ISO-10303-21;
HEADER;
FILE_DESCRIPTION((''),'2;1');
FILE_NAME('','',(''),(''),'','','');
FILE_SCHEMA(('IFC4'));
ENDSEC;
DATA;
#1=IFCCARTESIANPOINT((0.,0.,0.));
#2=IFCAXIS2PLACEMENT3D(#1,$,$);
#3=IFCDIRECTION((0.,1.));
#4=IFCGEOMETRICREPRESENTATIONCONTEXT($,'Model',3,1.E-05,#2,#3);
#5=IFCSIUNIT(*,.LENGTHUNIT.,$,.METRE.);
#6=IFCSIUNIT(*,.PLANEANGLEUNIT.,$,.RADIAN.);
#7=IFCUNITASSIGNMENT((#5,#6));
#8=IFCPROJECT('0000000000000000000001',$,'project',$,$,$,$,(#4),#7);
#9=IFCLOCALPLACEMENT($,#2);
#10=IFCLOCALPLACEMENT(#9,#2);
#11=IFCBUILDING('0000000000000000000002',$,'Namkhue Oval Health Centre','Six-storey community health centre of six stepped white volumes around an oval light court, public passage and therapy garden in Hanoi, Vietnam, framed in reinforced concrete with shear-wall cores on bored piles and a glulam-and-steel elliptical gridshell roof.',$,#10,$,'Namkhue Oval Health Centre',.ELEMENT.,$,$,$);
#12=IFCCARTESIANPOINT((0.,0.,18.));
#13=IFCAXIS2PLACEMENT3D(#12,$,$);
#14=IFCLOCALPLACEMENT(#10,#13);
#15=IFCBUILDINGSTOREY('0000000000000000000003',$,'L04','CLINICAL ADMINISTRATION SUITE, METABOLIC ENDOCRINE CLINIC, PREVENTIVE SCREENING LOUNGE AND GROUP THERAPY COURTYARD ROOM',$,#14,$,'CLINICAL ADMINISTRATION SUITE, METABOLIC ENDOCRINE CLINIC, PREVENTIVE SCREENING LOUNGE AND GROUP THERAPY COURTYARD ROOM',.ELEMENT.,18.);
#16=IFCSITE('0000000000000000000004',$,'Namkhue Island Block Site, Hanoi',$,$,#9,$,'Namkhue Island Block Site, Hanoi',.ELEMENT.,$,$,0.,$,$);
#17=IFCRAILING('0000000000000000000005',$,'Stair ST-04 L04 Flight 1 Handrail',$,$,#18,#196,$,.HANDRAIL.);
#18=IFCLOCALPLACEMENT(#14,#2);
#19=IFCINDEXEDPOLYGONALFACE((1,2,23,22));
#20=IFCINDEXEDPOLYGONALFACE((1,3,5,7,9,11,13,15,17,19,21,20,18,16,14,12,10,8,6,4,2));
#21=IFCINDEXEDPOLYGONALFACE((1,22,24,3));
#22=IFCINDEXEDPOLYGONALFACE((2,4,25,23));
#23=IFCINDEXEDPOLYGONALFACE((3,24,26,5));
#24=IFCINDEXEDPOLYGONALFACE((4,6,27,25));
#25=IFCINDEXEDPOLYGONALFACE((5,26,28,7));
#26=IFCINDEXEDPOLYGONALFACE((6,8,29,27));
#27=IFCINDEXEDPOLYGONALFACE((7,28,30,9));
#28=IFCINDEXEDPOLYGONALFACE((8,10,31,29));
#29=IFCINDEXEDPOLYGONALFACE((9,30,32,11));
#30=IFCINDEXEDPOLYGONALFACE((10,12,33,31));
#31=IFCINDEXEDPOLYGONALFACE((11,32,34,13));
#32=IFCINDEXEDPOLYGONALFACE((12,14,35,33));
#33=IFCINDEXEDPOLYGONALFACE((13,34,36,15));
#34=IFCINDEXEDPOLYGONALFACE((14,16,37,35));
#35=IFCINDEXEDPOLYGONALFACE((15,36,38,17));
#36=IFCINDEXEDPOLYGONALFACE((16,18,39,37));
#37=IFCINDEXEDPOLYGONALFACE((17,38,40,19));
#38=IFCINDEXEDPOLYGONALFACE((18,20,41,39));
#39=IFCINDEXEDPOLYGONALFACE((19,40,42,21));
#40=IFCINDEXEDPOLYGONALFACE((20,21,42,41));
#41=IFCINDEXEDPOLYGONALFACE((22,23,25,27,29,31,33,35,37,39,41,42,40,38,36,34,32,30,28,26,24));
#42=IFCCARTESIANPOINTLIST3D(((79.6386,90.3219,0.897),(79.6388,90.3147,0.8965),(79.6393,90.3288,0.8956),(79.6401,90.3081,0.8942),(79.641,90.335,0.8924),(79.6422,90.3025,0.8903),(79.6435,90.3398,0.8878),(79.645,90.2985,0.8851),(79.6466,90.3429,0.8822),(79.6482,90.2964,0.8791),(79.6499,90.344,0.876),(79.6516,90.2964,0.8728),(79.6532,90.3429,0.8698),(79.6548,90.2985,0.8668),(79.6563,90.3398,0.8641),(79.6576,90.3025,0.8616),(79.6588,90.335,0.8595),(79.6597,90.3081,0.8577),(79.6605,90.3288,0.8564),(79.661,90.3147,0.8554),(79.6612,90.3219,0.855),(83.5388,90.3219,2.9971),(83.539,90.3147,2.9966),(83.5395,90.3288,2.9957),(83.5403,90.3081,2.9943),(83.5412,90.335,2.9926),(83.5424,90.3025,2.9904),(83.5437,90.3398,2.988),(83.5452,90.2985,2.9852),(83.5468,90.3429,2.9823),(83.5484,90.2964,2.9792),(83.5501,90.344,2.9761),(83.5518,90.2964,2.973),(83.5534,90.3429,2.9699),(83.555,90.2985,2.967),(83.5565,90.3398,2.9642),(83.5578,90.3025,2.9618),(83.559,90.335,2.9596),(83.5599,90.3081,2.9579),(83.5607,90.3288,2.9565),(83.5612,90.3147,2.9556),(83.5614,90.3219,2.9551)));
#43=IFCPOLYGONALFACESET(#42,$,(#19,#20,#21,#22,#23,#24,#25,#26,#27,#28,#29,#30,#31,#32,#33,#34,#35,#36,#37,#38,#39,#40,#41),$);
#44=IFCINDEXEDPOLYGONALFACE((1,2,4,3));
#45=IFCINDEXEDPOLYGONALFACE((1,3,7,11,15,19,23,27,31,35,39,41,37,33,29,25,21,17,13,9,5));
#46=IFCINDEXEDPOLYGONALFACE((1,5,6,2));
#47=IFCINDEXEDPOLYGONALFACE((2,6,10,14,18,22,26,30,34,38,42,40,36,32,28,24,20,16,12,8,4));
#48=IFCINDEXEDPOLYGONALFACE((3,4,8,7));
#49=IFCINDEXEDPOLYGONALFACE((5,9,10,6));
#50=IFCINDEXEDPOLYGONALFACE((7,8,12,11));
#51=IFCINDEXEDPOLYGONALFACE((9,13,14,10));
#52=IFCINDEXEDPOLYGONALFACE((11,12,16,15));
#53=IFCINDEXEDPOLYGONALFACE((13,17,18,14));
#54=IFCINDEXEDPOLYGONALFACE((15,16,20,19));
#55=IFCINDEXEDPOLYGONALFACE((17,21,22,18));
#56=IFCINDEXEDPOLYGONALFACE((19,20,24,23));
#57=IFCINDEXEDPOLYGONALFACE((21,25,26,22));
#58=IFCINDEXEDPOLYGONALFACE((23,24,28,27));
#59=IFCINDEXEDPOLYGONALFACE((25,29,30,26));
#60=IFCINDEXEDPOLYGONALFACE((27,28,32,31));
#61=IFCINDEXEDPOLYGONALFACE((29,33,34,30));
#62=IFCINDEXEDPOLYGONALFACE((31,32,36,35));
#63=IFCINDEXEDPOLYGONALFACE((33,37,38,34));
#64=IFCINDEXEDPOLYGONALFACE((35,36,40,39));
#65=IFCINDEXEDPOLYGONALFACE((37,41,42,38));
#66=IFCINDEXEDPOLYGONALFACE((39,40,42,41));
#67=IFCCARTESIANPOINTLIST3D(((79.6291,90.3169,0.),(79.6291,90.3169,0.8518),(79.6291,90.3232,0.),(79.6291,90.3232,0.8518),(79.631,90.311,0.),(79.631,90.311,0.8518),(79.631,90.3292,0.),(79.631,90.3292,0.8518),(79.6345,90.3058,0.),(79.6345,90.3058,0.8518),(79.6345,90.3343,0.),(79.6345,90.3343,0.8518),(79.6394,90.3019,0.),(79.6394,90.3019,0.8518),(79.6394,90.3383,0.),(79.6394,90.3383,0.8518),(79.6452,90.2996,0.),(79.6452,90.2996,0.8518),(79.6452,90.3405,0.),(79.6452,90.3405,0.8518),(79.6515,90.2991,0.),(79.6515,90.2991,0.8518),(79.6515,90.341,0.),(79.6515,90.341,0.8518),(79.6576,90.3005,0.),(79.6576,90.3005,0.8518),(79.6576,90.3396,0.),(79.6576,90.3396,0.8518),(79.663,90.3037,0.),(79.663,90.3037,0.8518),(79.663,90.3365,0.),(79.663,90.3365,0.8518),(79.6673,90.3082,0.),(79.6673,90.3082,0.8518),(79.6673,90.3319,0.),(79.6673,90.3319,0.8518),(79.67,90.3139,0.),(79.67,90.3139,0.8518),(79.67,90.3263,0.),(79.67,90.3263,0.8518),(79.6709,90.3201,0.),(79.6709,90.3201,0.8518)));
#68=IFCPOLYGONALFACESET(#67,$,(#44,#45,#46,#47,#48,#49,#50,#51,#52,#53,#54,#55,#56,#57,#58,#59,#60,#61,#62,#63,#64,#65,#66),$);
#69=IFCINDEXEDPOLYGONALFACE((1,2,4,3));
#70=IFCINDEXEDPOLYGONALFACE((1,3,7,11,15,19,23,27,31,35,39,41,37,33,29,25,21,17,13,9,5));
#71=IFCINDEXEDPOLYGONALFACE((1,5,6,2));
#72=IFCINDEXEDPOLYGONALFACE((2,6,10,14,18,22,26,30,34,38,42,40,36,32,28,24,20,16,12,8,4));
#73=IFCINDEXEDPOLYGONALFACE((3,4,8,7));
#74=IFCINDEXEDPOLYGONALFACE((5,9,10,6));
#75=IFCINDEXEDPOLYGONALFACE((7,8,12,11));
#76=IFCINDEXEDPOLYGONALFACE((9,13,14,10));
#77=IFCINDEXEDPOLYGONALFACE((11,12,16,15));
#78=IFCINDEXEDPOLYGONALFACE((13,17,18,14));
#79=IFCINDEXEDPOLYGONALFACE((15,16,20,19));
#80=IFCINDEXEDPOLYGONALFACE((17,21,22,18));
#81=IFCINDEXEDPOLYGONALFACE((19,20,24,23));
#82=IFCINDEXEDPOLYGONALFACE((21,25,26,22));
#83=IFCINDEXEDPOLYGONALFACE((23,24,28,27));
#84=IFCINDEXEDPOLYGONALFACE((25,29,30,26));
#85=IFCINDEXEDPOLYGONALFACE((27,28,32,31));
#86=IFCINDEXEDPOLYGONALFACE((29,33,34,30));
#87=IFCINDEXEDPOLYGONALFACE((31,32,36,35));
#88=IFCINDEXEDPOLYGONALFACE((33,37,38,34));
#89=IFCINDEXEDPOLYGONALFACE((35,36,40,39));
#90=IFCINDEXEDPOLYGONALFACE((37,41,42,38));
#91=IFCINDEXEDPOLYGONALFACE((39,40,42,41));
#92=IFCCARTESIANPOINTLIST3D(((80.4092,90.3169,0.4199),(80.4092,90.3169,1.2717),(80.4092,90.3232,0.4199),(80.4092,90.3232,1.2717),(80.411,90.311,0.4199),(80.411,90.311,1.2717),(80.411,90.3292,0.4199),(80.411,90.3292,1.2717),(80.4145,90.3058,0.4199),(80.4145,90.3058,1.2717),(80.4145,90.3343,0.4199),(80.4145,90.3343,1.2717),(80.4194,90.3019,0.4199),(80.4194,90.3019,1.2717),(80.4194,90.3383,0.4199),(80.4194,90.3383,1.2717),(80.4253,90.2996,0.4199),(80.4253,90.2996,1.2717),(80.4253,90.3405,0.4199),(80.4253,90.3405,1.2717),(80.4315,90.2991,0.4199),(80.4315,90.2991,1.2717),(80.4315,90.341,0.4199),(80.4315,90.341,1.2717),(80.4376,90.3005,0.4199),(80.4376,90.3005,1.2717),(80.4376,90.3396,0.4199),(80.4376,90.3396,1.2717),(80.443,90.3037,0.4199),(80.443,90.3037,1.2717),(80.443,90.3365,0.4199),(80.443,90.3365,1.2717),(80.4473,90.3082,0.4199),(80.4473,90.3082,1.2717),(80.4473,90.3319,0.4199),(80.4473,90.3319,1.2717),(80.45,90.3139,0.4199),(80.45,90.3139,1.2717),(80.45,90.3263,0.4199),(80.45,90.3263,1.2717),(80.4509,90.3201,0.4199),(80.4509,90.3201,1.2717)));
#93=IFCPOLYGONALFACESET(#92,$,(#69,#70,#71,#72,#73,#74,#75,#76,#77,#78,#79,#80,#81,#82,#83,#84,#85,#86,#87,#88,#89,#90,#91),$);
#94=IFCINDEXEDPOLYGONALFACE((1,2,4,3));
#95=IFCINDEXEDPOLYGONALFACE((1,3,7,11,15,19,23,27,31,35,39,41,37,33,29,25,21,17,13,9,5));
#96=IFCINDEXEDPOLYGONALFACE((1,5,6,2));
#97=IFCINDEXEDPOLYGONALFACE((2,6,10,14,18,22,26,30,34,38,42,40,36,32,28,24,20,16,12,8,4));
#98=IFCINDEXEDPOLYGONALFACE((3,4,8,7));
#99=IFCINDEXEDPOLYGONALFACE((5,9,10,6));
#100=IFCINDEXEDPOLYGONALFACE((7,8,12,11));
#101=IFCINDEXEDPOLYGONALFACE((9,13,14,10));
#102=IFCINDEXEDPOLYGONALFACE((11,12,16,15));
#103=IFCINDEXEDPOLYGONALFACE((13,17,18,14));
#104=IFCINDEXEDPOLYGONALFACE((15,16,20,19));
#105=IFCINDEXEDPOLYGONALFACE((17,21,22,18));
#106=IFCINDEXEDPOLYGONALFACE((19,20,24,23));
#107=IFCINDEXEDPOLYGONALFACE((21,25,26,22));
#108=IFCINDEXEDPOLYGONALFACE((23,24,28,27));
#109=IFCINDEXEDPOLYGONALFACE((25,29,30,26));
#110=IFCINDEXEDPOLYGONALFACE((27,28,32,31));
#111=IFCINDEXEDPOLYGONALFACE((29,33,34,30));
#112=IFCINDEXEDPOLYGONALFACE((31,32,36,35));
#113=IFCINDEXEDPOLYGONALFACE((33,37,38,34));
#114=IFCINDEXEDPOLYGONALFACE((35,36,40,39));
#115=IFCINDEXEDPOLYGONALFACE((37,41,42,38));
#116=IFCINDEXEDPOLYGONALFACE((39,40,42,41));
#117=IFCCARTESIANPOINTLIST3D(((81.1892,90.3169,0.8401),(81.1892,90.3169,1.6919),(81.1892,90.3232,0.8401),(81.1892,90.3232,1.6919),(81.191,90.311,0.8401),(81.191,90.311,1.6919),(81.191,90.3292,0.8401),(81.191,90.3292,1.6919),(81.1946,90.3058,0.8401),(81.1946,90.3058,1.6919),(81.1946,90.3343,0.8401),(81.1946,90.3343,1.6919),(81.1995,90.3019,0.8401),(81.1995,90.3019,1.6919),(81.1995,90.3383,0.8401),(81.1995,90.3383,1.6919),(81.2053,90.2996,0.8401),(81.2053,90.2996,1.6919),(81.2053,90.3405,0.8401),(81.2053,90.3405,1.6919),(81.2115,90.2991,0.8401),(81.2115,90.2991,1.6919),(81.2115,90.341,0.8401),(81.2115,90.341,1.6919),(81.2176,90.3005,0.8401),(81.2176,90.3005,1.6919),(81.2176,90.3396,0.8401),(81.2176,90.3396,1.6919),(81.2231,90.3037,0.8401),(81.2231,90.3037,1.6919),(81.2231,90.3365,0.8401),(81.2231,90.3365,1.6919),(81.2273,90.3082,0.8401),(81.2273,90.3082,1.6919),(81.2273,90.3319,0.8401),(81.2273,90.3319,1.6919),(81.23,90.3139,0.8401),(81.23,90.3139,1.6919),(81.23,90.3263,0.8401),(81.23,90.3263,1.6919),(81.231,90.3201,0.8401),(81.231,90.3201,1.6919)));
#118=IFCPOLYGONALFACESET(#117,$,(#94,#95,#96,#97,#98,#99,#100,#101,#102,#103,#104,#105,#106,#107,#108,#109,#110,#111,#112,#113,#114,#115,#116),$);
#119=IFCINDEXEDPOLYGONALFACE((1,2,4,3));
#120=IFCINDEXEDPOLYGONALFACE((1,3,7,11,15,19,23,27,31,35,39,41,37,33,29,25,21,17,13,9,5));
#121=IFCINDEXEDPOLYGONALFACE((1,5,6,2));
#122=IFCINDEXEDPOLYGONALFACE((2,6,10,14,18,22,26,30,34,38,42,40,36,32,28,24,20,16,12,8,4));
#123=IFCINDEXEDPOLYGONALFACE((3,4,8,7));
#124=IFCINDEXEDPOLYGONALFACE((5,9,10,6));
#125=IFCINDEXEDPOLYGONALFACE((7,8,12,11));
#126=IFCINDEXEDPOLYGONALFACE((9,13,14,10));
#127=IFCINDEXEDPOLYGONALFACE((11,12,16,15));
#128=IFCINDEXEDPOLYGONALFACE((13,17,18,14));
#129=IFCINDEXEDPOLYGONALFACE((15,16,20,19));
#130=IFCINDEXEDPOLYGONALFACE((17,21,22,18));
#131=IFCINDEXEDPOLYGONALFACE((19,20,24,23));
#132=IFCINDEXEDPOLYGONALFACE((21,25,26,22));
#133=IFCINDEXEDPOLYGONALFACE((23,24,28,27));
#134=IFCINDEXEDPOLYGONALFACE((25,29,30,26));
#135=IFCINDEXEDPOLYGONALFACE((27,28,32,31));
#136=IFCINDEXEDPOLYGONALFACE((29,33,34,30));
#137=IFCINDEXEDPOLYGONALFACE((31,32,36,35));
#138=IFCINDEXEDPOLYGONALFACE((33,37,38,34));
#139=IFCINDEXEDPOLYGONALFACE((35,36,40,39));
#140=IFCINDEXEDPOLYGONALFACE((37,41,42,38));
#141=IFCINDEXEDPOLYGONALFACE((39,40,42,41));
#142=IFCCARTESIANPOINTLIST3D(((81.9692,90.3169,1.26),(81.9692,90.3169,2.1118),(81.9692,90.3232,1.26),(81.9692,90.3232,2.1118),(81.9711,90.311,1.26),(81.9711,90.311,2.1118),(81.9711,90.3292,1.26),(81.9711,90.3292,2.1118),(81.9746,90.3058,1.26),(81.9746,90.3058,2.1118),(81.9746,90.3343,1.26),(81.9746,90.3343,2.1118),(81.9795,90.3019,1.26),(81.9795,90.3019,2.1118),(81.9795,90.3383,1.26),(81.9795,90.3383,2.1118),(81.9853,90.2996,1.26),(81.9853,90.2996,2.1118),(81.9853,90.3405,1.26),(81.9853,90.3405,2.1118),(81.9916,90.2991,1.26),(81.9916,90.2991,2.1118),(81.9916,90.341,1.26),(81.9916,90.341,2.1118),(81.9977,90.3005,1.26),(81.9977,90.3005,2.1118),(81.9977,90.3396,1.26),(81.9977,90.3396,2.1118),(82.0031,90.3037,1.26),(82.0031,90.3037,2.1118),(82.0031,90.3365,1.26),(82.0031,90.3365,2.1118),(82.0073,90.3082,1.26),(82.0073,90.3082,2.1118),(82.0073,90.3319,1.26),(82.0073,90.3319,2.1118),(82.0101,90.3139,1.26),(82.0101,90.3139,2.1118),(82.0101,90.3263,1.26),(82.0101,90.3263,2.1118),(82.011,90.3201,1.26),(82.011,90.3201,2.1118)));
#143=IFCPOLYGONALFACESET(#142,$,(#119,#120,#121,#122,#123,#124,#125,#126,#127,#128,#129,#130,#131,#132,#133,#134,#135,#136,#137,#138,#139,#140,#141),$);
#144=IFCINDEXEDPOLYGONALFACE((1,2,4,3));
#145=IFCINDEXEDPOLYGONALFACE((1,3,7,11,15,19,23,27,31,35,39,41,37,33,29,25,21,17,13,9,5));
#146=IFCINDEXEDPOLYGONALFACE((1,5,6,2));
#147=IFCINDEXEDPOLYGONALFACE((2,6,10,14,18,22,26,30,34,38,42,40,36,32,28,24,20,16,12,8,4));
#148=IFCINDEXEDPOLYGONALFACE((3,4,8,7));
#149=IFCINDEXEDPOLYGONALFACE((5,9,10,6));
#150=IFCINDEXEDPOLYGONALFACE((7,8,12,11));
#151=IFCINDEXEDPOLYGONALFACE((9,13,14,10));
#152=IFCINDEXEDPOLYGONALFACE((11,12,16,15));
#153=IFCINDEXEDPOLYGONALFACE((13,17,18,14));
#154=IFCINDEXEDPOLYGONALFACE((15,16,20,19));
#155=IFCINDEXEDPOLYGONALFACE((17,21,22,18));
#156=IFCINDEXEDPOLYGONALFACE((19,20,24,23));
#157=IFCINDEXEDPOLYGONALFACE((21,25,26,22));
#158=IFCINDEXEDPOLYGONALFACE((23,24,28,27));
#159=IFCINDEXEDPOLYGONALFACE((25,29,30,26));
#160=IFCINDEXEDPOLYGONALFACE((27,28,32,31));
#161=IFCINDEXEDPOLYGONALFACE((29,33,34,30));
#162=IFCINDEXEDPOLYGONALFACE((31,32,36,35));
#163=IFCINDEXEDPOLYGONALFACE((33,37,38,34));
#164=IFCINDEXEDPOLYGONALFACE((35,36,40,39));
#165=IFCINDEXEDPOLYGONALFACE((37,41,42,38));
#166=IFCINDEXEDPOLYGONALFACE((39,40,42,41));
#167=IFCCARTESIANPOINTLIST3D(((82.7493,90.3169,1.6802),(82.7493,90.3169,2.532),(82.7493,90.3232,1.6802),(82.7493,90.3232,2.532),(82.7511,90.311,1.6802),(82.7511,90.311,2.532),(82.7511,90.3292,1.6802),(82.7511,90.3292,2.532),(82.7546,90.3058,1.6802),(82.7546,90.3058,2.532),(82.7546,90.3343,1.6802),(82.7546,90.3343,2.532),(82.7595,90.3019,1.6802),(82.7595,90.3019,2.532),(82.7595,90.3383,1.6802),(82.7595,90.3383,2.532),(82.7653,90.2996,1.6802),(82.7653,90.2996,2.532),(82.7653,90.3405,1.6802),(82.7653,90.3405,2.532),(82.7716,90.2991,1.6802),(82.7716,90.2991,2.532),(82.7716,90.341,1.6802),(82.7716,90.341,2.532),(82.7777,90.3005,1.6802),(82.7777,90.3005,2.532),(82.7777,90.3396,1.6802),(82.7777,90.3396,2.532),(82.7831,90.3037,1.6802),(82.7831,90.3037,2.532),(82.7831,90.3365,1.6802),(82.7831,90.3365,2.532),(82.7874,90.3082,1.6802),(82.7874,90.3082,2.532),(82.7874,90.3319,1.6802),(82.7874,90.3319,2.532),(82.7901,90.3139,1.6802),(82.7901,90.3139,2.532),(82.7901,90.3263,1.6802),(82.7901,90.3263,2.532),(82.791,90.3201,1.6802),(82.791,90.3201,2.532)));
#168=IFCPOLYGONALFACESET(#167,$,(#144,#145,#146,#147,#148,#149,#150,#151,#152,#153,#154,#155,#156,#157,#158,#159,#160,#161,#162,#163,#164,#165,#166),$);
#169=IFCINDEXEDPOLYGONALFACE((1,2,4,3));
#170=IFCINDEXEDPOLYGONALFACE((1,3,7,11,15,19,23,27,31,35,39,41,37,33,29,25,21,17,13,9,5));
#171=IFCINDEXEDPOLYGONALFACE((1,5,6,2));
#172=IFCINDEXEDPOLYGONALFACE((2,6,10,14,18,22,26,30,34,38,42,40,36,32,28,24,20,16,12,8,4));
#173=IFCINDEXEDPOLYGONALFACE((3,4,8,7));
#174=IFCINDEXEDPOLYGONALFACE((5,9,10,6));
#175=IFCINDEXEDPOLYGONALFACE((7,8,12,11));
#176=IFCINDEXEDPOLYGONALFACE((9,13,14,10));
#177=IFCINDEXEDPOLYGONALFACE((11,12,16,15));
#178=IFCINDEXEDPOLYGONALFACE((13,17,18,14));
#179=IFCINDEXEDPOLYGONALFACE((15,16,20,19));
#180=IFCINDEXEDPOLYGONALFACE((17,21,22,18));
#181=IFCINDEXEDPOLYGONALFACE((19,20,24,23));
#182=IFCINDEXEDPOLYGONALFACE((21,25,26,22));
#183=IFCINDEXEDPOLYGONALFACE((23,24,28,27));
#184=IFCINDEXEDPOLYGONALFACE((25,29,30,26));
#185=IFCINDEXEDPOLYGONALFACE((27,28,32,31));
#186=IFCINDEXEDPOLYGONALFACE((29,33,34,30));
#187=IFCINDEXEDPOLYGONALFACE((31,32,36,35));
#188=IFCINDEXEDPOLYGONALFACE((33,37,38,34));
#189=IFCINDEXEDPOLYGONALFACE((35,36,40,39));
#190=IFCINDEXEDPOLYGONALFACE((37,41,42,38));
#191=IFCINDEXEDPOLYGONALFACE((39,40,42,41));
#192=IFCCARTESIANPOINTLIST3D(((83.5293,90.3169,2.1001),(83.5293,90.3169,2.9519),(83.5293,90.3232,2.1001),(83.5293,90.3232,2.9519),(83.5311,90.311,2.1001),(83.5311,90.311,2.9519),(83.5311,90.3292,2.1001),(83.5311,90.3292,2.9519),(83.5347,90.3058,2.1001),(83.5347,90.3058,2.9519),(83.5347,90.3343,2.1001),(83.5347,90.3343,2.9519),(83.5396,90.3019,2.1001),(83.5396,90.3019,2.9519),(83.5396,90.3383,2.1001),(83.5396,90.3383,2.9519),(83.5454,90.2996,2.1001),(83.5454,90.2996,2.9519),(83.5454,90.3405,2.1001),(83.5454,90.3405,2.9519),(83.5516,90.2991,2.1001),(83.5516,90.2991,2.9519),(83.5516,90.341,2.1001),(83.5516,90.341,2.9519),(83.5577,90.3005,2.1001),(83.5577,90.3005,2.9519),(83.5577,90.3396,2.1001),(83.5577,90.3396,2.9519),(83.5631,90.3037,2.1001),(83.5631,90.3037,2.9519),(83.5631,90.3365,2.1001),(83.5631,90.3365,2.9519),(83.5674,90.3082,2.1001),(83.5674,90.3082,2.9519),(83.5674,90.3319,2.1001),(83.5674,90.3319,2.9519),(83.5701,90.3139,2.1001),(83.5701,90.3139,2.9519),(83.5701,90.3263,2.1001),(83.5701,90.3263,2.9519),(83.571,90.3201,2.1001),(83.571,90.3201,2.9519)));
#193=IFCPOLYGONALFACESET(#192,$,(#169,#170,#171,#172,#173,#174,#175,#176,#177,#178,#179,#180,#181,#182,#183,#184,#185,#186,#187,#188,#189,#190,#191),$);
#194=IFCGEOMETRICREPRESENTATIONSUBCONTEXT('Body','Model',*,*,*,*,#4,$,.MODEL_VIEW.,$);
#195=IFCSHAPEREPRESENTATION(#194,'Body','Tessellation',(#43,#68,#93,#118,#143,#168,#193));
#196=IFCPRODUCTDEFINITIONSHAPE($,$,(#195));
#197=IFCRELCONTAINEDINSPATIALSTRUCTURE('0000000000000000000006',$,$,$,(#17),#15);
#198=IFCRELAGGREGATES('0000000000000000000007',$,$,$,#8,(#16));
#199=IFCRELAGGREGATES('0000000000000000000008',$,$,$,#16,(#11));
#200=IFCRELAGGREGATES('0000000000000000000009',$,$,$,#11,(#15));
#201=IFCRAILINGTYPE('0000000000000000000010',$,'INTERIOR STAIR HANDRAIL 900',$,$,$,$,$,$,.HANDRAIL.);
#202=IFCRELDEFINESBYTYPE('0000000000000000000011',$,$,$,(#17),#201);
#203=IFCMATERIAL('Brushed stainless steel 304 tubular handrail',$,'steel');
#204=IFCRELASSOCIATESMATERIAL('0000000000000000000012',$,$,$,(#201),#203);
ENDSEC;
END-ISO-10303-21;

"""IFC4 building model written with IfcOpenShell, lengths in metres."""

from ifc_helpers import new_model, si_unit, direction, frame, origin, origin_2d, place, context, subcontext, project, spatial, circle, extrude, material, type_object, element, save


model = new_model("IFC4")

# Units and contexts
model_context = context("Model", 3, precision=1e-05, world=origin(), true_north=direction((0.0, 1.0)))
body_context = subcontext(model_context, "Body", "Model", "MODEL_VIEW")
ifc_project = project(units=[si_unit("LENGTHUNIT", "METRE"), si_unit("PLANEANGLEUNIT", "RADIAN")], contexts=[model_context])

# Site, building, storey
site_placement = place(None, origin())
site = spatial("IfcSite", under=ifc_project, at=site_placement, Name="Namkhue Island Block Site, Hanoi", LongName="Namkhue Island Block Site, Hanoi", CompositionType="ELEMENT", RefElevation=0.0)
building_placement = place(site_placement, origin())
building = spatial("IfcBuilding", under=site, at=building_placement, Name="Namkhue Oval Health Centre", Description="Six-storey community health centre of six stepped white volumes around an oval light court, public passage and therapy garden in Hanoi, Vietnam, framed in reinforced concrete with shear-wall cores on bored piles and a glulam-and-steel elliptical gridshell roof.", LongName="Namkhue Oval Health Centre", CompositionType="ELEMENT")
storey_placement = place(building_placement, frame((0.0, 0.0, 18.0)))
storey = spatial("IfcBuildingStorey", under=building, at=storey_placement, Name="L04", Description="CLINICAL ADMINISTRATION SUITE, METABOLIC ENDOCRINE CLINIC, PREVENTIVE SCREENING LOUNGE AND GROUP THERAPY COURTYARD ROOM", LongName="CLINICAL ADMINISTRATION SUITE, METABOLIC ENDOCRINE CLINIC, PREVENTIVE SCREENING LOUNGE AND GROUP THERAPY COURTYARD ROOM", CompositionType="ELEMENT", Elevation=18.0)

# Railing
ifc_material_1 = material(Name="Brushed stainless steel 304 tubular handrail", Category="steel")
railing_type_1 = type_object("IfcRailingType", Name="INTERIOR STAIR HANDRAIL 900", PredefinedType="HANDRAIL", material=ifc_material_1)
railing_1_placement = place(storey_placement, frame((79.6499, 90.3201, 0.0)))
element("IfcRailing", 1, at=railing_1_placement, inside=storey, type_object=railing_type_1, Name="Stair ST-04 L04 Flight 1 Handrail", PredefinedType="HANDRAIL", context=body_context, shape_type="SweptSolid", body=[
    extrude(circle(Radius=0.0239, at=origin_2d()), frame((0.0, 0.0, 0.876), z_axis=(0.880469, 0.0, 0.474103), x_axis=(0.0, 1.0, 0.0)), (0.0, 0.0, 1.0), 4.4297),
    extrude(circle(Radius=0.021, at=origin_2d()), origin(), (0.0, 0.0, 1.0), 0.8518),
    extrude(circle(Radius=0.021, at=origin_2d()), frame((0.78, 0.0, 0.4199)), (0.0, 0.0, 1.0), 0.8518),
    extrude(circle(Radius=0.021, at=origin_2d()), frame((1.5601, 0.0, 0.8401)), (0.0, 0.0, 1.0), 0.8518),
    extrude(circle(Radius=0.021, at=origin_2d()), frame((2.3401, 0.0, 1.26)), (0.0, 0.0, 1.0), 0.8518),
    extrude(circle(Radius=0.021, at=origin_2d()), frame((3.1201, 0.0, 1.6802)), (0.0, 0.0, 1.0), 0.8518),
    extrude(circle(Radius=0.021, at=origin_2d()), frame((3.9001, 0.0, 2.1001)), (0.0, 0.0, 1.0), 0.8518),
])

save(model, "model.ifc")
